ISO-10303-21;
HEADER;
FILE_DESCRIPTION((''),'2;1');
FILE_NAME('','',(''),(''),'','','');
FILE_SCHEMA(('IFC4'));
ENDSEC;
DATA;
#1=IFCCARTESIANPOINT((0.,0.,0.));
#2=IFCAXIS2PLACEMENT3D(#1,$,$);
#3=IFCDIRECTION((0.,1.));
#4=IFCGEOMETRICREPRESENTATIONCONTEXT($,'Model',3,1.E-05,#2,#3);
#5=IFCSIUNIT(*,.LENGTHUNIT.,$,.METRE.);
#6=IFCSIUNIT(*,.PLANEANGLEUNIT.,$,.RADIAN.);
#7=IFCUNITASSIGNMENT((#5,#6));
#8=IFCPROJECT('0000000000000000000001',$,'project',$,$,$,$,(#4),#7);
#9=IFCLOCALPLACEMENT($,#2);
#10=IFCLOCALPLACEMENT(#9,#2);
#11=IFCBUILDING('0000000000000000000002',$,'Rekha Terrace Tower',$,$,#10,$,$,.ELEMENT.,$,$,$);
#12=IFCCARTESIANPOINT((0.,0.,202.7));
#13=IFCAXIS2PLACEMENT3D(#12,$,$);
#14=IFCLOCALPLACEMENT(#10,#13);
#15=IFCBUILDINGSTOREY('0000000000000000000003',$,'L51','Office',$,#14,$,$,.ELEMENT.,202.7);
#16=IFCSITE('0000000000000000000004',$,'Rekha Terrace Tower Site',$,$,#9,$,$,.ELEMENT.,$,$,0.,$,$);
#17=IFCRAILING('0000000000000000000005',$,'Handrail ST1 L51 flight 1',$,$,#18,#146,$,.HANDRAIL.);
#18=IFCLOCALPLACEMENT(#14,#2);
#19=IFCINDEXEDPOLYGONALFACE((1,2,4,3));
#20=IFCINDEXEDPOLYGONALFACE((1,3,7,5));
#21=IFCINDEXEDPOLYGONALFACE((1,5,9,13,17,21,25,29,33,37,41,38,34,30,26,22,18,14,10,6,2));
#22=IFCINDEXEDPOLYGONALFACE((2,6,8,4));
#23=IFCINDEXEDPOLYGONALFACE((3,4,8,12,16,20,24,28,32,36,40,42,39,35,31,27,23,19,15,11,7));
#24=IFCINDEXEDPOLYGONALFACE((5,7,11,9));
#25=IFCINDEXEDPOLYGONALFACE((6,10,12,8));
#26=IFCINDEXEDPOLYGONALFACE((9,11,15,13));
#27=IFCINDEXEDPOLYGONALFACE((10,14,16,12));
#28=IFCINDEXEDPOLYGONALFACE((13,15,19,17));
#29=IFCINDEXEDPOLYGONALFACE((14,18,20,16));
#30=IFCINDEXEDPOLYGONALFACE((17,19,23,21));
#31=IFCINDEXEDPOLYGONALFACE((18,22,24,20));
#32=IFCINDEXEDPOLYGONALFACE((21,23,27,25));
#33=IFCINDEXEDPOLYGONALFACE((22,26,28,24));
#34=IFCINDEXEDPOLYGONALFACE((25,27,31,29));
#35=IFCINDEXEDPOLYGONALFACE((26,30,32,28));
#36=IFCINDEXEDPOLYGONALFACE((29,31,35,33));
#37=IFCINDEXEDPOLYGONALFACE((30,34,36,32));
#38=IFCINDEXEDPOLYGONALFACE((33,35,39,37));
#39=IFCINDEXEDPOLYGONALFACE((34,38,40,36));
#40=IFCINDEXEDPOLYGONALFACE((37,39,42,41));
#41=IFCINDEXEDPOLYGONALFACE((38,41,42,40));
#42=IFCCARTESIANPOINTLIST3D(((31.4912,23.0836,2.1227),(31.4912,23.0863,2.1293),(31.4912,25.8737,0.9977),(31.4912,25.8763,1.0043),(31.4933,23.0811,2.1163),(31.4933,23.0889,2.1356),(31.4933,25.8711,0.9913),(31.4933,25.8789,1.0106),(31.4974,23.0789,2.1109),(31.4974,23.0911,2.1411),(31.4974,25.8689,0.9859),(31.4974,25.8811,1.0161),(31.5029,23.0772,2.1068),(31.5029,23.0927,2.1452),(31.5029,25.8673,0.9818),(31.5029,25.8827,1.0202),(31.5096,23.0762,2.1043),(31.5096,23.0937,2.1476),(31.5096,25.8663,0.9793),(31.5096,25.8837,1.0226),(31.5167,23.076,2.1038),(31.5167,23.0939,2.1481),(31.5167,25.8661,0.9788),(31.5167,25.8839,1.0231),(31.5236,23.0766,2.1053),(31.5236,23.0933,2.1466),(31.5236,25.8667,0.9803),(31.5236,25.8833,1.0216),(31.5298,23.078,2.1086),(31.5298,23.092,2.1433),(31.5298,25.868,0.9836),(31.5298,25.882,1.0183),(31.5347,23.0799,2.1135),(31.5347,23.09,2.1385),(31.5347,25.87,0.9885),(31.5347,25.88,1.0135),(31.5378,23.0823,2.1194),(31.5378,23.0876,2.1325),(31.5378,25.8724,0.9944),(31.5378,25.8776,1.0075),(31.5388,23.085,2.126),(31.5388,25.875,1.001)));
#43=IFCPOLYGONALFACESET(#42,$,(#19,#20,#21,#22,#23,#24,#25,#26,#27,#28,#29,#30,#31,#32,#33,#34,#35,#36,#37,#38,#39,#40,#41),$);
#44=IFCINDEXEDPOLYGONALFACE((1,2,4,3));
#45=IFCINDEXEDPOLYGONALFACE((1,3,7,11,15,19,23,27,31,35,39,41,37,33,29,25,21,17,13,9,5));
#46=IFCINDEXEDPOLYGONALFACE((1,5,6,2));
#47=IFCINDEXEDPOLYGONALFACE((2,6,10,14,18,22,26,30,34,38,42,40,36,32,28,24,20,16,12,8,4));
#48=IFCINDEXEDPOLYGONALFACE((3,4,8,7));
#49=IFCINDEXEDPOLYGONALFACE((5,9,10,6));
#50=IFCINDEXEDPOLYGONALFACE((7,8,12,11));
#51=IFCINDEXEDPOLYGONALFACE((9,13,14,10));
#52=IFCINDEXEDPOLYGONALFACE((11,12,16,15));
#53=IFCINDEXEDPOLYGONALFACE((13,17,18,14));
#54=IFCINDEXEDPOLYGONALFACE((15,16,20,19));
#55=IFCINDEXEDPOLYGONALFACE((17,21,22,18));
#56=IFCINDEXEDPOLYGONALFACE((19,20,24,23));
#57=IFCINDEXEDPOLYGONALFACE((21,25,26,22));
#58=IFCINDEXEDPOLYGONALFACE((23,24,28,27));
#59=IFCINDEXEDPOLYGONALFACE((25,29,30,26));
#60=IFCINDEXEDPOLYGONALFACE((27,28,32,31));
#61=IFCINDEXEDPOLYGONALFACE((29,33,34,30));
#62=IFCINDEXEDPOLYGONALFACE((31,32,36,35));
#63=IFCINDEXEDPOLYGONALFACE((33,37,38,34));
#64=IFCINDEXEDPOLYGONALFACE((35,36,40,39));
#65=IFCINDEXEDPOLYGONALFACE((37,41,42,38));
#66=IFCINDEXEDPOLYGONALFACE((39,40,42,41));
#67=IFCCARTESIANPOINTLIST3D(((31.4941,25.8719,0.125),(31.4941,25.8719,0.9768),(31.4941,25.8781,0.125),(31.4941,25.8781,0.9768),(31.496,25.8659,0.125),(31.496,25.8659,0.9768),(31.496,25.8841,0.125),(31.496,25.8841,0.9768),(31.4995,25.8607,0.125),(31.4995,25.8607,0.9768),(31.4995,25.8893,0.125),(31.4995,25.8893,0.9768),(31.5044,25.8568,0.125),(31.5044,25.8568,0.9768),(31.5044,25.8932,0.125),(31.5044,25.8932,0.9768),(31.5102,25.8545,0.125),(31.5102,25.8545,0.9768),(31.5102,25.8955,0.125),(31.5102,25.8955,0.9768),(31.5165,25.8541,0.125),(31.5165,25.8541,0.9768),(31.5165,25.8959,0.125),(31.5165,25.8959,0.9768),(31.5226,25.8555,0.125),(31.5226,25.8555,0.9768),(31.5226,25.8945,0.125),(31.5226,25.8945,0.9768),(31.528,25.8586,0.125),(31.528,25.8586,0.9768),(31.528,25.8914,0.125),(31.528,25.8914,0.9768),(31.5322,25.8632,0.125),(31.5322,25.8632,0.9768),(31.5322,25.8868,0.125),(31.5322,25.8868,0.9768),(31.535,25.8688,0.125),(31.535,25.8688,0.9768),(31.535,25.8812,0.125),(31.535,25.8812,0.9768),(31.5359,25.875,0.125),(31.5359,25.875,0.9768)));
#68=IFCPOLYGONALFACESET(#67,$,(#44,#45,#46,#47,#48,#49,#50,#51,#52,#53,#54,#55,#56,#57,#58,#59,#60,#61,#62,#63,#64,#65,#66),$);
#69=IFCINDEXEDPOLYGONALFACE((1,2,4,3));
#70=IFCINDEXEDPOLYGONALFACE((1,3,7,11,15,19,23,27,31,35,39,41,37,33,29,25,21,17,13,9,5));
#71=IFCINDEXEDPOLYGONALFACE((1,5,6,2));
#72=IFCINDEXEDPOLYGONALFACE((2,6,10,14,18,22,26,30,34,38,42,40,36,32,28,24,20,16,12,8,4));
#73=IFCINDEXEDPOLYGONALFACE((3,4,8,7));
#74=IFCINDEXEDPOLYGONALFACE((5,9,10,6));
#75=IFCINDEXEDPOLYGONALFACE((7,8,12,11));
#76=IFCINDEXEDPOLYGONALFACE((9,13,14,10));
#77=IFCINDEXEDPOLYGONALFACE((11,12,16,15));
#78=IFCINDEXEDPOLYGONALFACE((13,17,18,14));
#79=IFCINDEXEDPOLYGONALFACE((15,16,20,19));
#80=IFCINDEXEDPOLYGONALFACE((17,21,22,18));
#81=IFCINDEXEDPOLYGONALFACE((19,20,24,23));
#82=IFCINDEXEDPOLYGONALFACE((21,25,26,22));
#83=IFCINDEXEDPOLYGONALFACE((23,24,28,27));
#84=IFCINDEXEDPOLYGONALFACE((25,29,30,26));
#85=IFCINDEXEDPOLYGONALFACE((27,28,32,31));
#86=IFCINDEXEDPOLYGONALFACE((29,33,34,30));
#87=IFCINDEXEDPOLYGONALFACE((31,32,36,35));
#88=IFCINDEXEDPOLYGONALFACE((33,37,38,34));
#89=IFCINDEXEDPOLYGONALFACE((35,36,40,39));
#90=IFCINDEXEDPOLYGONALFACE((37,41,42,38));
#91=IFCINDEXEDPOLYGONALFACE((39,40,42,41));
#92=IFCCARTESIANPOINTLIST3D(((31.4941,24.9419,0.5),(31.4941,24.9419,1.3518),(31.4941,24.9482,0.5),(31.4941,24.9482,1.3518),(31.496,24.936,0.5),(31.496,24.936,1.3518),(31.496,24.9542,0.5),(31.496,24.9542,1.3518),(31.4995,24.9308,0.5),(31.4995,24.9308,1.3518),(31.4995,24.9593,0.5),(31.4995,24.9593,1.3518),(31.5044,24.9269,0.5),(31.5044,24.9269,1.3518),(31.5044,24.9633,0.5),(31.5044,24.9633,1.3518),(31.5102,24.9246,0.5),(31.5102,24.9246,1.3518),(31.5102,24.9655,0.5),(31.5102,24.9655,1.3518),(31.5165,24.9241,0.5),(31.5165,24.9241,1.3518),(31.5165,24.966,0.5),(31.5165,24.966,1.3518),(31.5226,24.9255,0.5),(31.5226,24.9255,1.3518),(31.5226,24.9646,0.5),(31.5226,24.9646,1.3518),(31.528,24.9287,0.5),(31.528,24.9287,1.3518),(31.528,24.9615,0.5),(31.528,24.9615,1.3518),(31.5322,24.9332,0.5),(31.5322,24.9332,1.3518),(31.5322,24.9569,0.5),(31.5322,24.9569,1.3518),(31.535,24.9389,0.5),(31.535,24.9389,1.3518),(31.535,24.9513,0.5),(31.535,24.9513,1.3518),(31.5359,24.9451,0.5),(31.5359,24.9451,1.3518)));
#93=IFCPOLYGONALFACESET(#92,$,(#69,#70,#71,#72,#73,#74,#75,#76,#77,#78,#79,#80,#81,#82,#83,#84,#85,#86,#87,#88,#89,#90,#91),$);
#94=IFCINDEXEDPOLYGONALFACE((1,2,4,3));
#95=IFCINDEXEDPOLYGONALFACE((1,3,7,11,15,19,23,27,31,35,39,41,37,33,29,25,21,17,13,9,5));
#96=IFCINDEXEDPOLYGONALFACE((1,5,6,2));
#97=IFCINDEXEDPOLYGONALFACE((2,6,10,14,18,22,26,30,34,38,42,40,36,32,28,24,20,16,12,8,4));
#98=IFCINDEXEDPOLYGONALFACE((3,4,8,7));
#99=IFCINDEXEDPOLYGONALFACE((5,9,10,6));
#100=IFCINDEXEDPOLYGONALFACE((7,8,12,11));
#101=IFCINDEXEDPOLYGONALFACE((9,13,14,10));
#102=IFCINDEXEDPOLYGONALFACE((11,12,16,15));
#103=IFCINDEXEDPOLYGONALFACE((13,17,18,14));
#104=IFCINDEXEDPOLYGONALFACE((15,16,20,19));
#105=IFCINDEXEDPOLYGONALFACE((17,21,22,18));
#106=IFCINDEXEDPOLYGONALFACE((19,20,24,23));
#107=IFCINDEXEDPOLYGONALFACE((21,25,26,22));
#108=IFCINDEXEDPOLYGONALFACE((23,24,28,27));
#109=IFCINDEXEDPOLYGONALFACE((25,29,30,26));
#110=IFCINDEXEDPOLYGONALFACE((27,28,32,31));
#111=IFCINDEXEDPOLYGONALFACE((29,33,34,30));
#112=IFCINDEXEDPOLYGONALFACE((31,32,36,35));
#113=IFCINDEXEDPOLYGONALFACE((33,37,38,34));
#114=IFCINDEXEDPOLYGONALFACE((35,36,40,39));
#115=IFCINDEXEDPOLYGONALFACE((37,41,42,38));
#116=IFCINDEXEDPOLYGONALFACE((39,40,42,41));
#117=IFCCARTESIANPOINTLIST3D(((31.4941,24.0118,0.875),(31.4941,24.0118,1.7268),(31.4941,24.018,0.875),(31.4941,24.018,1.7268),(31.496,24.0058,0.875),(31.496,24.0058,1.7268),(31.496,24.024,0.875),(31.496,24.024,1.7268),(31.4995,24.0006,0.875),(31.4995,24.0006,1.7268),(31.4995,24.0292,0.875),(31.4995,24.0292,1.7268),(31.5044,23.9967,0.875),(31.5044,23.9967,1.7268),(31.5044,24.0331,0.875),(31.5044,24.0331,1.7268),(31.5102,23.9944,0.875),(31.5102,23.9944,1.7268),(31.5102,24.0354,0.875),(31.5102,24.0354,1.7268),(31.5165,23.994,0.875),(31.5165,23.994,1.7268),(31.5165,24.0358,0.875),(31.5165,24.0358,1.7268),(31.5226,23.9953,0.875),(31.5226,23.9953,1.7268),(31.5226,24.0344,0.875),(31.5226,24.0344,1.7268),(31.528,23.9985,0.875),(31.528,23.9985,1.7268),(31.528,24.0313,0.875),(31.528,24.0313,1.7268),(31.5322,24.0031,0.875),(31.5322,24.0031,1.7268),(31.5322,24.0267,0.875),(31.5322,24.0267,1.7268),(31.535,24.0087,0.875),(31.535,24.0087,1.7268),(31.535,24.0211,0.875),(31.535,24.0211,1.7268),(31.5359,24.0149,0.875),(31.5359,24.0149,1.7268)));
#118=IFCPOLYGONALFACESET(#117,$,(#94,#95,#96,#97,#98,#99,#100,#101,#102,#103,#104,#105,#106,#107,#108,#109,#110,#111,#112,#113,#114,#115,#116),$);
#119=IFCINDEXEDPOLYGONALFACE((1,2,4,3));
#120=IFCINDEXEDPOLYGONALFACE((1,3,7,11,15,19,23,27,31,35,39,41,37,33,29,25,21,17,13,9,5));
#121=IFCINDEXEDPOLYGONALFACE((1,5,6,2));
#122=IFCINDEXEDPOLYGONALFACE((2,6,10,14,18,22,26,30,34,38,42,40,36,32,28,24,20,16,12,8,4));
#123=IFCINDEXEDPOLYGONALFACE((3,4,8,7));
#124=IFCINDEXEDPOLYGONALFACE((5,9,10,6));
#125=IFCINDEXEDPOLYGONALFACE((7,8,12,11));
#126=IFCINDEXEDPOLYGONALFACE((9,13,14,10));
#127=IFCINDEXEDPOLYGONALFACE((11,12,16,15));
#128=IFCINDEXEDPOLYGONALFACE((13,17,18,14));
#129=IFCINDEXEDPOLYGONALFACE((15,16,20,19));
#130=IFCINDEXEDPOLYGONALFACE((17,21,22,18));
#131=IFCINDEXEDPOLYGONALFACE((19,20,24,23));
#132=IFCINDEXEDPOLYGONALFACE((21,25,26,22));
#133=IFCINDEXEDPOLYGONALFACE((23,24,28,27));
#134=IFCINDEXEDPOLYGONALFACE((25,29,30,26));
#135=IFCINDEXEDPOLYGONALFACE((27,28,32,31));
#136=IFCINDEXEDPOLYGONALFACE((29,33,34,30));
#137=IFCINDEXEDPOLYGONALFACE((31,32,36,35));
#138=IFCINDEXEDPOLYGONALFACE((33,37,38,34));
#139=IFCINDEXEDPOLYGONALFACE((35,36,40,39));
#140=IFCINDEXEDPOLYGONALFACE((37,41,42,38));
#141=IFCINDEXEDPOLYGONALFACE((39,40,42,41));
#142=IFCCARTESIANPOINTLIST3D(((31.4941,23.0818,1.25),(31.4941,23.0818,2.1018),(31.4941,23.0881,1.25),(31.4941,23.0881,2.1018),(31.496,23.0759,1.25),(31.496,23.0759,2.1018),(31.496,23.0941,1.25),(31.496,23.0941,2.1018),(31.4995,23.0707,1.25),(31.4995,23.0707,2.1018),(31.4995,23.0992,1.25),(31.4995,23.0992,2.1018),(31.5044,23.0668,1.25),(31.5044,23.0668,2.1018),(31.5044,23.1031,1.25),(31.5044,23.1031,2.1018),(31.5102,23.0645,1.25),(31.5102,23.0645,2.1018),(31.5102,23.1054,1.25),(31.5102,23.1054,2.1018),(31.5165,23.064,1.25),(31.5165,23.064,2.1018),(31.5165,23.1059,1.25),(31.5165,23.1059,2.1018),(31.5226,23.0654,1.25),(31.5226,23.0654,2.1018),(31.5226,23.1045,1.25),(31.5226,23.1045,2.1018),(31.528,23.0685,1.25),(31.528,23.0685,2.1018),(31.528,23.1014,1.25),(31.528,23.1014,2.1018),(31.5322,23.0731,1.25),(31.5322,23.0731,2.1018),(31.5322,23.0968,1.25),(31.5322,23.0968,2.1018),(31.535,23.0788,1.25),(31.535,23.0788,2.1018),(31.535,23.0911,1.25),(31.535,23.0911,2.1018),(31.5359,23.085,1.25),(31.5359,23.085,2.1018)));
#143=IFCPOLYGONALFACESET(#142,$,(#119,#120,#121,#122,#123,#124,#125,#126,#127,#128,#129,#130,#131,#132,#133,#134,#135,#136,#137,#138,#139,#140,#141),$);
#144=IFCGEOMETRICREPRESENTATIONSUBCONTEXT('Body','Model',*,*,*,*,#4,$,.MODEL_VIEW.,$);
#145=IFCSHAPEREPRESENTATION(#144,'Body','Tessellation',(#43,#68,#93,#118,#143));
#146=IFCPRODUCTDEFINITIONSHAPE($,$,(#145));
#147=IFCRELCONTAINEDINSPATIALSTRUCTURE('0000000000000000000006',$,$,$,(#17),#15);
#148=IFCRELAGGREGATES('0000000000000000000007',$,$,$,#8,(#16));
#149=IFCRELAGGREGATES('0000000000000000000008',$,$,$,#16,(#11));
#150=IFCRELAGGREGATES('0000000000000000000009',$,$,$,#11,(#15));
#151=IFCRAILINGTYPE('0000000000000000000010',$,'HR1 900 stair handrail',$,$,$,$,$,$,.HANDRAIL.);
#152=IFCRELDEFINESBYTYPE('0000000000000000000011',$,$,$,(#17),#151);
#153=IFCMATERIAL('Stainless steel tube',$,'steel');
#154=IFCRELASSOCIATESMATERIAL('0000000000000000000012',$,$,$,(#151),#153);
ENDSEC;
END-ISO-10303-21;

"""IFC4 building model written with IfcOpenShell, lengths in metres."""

from ifc_helpers import new_model, si_unit, direction, frame, origin, origin_2d, place, context, subcontext, project, spatial, circle, extrude, material, type_object, element, save


model = new_model("IFC4")

# Units and contexts
model_context = context("Model", 3, precision=1e-05, world=origin(), true_north=direction((0.0, 1.0)))
body_context = subcontext(model_context, "Body", "Model", "MODEL_VIEW")
ifc_project = project(units=[si_unit("LENGTHUNIT", "METRE"), si_unit("PLANEANGLEUNIT", "RADIAN")], contexts=[model_context])

# Site, building, storey
site_placement = place(None, origin())
site = spatial("IfcSite", under=ifc_project, at=site_placement, Name="Rekha Terrace Tower Site", CompositionType="ELEMENT", RefElevation=0.0)
building_placement = place(site_placement, origin())
building = spatial("IfcBuilding", under=site, at=building_placement, Name="Rekha Terrace Tower", CompositionType="ELEMENT")
storey_placement = place(building_placement, frame((0.0, 0.0, 202.7)))
storey = spatial("IfcBuildingStorey", under=building, at=storey_placement, Name="L51", Description="Office", CompositionType="ELEMENT", Elevation=202.7)

# Railing
ifc_material_1 = material(Name="Stainless steel tube", Category="steel")
railing_type_1 = type_object("IfcRailingType", Name="HR1 900 stair handrail", PredefinedType="HANDRAIL", material=ifc_material_1)
railing_1_placement = place(storey_placement, frame((31.5149, 25.875, 0.125)))
element("IfcRailing", 1, at=railing_1_placement, inside=storey, type_object=railing_type_1, Name="Handrail ST1 L51 flight 1", PredefinedType="HANDRAIL", context=body_context, shape_type="SweptSolid", body=[
    extrude(circle(Radius=0.0239, at=origin_2d()), frame((0.0, 0.0, 0.876), z_axis=(0.0, -0.927443, 0.373964), x_axis=(1.0, 0.0, 0.0)), (0.0, 0.0, 1.0), 3.0083),
    extrude(circle(Radius=0.021, at=origin_2d()), origin(), (0.0, 0.0, 1.0), 0.8518),
    extrude(circle(Radius=0.021, at=origin_2d()), frame((0.0, -0.9299, 0.375)), (0.0, 0.0, 1.0), 0.8518),
    extrude(circle(Radius=0.021, at=origin_2d()), frame((0.0, -1.8601, 0.75)), (0.0, 0.0, 1.0), 0.8518),
    extrude(circle(Radius=0.021, at=origin_2d()), frame((0.0, -2.79, 1.125)), (0.0, 0.0, 1.0), 0.8518),
])

save(model, "model.ifc")
